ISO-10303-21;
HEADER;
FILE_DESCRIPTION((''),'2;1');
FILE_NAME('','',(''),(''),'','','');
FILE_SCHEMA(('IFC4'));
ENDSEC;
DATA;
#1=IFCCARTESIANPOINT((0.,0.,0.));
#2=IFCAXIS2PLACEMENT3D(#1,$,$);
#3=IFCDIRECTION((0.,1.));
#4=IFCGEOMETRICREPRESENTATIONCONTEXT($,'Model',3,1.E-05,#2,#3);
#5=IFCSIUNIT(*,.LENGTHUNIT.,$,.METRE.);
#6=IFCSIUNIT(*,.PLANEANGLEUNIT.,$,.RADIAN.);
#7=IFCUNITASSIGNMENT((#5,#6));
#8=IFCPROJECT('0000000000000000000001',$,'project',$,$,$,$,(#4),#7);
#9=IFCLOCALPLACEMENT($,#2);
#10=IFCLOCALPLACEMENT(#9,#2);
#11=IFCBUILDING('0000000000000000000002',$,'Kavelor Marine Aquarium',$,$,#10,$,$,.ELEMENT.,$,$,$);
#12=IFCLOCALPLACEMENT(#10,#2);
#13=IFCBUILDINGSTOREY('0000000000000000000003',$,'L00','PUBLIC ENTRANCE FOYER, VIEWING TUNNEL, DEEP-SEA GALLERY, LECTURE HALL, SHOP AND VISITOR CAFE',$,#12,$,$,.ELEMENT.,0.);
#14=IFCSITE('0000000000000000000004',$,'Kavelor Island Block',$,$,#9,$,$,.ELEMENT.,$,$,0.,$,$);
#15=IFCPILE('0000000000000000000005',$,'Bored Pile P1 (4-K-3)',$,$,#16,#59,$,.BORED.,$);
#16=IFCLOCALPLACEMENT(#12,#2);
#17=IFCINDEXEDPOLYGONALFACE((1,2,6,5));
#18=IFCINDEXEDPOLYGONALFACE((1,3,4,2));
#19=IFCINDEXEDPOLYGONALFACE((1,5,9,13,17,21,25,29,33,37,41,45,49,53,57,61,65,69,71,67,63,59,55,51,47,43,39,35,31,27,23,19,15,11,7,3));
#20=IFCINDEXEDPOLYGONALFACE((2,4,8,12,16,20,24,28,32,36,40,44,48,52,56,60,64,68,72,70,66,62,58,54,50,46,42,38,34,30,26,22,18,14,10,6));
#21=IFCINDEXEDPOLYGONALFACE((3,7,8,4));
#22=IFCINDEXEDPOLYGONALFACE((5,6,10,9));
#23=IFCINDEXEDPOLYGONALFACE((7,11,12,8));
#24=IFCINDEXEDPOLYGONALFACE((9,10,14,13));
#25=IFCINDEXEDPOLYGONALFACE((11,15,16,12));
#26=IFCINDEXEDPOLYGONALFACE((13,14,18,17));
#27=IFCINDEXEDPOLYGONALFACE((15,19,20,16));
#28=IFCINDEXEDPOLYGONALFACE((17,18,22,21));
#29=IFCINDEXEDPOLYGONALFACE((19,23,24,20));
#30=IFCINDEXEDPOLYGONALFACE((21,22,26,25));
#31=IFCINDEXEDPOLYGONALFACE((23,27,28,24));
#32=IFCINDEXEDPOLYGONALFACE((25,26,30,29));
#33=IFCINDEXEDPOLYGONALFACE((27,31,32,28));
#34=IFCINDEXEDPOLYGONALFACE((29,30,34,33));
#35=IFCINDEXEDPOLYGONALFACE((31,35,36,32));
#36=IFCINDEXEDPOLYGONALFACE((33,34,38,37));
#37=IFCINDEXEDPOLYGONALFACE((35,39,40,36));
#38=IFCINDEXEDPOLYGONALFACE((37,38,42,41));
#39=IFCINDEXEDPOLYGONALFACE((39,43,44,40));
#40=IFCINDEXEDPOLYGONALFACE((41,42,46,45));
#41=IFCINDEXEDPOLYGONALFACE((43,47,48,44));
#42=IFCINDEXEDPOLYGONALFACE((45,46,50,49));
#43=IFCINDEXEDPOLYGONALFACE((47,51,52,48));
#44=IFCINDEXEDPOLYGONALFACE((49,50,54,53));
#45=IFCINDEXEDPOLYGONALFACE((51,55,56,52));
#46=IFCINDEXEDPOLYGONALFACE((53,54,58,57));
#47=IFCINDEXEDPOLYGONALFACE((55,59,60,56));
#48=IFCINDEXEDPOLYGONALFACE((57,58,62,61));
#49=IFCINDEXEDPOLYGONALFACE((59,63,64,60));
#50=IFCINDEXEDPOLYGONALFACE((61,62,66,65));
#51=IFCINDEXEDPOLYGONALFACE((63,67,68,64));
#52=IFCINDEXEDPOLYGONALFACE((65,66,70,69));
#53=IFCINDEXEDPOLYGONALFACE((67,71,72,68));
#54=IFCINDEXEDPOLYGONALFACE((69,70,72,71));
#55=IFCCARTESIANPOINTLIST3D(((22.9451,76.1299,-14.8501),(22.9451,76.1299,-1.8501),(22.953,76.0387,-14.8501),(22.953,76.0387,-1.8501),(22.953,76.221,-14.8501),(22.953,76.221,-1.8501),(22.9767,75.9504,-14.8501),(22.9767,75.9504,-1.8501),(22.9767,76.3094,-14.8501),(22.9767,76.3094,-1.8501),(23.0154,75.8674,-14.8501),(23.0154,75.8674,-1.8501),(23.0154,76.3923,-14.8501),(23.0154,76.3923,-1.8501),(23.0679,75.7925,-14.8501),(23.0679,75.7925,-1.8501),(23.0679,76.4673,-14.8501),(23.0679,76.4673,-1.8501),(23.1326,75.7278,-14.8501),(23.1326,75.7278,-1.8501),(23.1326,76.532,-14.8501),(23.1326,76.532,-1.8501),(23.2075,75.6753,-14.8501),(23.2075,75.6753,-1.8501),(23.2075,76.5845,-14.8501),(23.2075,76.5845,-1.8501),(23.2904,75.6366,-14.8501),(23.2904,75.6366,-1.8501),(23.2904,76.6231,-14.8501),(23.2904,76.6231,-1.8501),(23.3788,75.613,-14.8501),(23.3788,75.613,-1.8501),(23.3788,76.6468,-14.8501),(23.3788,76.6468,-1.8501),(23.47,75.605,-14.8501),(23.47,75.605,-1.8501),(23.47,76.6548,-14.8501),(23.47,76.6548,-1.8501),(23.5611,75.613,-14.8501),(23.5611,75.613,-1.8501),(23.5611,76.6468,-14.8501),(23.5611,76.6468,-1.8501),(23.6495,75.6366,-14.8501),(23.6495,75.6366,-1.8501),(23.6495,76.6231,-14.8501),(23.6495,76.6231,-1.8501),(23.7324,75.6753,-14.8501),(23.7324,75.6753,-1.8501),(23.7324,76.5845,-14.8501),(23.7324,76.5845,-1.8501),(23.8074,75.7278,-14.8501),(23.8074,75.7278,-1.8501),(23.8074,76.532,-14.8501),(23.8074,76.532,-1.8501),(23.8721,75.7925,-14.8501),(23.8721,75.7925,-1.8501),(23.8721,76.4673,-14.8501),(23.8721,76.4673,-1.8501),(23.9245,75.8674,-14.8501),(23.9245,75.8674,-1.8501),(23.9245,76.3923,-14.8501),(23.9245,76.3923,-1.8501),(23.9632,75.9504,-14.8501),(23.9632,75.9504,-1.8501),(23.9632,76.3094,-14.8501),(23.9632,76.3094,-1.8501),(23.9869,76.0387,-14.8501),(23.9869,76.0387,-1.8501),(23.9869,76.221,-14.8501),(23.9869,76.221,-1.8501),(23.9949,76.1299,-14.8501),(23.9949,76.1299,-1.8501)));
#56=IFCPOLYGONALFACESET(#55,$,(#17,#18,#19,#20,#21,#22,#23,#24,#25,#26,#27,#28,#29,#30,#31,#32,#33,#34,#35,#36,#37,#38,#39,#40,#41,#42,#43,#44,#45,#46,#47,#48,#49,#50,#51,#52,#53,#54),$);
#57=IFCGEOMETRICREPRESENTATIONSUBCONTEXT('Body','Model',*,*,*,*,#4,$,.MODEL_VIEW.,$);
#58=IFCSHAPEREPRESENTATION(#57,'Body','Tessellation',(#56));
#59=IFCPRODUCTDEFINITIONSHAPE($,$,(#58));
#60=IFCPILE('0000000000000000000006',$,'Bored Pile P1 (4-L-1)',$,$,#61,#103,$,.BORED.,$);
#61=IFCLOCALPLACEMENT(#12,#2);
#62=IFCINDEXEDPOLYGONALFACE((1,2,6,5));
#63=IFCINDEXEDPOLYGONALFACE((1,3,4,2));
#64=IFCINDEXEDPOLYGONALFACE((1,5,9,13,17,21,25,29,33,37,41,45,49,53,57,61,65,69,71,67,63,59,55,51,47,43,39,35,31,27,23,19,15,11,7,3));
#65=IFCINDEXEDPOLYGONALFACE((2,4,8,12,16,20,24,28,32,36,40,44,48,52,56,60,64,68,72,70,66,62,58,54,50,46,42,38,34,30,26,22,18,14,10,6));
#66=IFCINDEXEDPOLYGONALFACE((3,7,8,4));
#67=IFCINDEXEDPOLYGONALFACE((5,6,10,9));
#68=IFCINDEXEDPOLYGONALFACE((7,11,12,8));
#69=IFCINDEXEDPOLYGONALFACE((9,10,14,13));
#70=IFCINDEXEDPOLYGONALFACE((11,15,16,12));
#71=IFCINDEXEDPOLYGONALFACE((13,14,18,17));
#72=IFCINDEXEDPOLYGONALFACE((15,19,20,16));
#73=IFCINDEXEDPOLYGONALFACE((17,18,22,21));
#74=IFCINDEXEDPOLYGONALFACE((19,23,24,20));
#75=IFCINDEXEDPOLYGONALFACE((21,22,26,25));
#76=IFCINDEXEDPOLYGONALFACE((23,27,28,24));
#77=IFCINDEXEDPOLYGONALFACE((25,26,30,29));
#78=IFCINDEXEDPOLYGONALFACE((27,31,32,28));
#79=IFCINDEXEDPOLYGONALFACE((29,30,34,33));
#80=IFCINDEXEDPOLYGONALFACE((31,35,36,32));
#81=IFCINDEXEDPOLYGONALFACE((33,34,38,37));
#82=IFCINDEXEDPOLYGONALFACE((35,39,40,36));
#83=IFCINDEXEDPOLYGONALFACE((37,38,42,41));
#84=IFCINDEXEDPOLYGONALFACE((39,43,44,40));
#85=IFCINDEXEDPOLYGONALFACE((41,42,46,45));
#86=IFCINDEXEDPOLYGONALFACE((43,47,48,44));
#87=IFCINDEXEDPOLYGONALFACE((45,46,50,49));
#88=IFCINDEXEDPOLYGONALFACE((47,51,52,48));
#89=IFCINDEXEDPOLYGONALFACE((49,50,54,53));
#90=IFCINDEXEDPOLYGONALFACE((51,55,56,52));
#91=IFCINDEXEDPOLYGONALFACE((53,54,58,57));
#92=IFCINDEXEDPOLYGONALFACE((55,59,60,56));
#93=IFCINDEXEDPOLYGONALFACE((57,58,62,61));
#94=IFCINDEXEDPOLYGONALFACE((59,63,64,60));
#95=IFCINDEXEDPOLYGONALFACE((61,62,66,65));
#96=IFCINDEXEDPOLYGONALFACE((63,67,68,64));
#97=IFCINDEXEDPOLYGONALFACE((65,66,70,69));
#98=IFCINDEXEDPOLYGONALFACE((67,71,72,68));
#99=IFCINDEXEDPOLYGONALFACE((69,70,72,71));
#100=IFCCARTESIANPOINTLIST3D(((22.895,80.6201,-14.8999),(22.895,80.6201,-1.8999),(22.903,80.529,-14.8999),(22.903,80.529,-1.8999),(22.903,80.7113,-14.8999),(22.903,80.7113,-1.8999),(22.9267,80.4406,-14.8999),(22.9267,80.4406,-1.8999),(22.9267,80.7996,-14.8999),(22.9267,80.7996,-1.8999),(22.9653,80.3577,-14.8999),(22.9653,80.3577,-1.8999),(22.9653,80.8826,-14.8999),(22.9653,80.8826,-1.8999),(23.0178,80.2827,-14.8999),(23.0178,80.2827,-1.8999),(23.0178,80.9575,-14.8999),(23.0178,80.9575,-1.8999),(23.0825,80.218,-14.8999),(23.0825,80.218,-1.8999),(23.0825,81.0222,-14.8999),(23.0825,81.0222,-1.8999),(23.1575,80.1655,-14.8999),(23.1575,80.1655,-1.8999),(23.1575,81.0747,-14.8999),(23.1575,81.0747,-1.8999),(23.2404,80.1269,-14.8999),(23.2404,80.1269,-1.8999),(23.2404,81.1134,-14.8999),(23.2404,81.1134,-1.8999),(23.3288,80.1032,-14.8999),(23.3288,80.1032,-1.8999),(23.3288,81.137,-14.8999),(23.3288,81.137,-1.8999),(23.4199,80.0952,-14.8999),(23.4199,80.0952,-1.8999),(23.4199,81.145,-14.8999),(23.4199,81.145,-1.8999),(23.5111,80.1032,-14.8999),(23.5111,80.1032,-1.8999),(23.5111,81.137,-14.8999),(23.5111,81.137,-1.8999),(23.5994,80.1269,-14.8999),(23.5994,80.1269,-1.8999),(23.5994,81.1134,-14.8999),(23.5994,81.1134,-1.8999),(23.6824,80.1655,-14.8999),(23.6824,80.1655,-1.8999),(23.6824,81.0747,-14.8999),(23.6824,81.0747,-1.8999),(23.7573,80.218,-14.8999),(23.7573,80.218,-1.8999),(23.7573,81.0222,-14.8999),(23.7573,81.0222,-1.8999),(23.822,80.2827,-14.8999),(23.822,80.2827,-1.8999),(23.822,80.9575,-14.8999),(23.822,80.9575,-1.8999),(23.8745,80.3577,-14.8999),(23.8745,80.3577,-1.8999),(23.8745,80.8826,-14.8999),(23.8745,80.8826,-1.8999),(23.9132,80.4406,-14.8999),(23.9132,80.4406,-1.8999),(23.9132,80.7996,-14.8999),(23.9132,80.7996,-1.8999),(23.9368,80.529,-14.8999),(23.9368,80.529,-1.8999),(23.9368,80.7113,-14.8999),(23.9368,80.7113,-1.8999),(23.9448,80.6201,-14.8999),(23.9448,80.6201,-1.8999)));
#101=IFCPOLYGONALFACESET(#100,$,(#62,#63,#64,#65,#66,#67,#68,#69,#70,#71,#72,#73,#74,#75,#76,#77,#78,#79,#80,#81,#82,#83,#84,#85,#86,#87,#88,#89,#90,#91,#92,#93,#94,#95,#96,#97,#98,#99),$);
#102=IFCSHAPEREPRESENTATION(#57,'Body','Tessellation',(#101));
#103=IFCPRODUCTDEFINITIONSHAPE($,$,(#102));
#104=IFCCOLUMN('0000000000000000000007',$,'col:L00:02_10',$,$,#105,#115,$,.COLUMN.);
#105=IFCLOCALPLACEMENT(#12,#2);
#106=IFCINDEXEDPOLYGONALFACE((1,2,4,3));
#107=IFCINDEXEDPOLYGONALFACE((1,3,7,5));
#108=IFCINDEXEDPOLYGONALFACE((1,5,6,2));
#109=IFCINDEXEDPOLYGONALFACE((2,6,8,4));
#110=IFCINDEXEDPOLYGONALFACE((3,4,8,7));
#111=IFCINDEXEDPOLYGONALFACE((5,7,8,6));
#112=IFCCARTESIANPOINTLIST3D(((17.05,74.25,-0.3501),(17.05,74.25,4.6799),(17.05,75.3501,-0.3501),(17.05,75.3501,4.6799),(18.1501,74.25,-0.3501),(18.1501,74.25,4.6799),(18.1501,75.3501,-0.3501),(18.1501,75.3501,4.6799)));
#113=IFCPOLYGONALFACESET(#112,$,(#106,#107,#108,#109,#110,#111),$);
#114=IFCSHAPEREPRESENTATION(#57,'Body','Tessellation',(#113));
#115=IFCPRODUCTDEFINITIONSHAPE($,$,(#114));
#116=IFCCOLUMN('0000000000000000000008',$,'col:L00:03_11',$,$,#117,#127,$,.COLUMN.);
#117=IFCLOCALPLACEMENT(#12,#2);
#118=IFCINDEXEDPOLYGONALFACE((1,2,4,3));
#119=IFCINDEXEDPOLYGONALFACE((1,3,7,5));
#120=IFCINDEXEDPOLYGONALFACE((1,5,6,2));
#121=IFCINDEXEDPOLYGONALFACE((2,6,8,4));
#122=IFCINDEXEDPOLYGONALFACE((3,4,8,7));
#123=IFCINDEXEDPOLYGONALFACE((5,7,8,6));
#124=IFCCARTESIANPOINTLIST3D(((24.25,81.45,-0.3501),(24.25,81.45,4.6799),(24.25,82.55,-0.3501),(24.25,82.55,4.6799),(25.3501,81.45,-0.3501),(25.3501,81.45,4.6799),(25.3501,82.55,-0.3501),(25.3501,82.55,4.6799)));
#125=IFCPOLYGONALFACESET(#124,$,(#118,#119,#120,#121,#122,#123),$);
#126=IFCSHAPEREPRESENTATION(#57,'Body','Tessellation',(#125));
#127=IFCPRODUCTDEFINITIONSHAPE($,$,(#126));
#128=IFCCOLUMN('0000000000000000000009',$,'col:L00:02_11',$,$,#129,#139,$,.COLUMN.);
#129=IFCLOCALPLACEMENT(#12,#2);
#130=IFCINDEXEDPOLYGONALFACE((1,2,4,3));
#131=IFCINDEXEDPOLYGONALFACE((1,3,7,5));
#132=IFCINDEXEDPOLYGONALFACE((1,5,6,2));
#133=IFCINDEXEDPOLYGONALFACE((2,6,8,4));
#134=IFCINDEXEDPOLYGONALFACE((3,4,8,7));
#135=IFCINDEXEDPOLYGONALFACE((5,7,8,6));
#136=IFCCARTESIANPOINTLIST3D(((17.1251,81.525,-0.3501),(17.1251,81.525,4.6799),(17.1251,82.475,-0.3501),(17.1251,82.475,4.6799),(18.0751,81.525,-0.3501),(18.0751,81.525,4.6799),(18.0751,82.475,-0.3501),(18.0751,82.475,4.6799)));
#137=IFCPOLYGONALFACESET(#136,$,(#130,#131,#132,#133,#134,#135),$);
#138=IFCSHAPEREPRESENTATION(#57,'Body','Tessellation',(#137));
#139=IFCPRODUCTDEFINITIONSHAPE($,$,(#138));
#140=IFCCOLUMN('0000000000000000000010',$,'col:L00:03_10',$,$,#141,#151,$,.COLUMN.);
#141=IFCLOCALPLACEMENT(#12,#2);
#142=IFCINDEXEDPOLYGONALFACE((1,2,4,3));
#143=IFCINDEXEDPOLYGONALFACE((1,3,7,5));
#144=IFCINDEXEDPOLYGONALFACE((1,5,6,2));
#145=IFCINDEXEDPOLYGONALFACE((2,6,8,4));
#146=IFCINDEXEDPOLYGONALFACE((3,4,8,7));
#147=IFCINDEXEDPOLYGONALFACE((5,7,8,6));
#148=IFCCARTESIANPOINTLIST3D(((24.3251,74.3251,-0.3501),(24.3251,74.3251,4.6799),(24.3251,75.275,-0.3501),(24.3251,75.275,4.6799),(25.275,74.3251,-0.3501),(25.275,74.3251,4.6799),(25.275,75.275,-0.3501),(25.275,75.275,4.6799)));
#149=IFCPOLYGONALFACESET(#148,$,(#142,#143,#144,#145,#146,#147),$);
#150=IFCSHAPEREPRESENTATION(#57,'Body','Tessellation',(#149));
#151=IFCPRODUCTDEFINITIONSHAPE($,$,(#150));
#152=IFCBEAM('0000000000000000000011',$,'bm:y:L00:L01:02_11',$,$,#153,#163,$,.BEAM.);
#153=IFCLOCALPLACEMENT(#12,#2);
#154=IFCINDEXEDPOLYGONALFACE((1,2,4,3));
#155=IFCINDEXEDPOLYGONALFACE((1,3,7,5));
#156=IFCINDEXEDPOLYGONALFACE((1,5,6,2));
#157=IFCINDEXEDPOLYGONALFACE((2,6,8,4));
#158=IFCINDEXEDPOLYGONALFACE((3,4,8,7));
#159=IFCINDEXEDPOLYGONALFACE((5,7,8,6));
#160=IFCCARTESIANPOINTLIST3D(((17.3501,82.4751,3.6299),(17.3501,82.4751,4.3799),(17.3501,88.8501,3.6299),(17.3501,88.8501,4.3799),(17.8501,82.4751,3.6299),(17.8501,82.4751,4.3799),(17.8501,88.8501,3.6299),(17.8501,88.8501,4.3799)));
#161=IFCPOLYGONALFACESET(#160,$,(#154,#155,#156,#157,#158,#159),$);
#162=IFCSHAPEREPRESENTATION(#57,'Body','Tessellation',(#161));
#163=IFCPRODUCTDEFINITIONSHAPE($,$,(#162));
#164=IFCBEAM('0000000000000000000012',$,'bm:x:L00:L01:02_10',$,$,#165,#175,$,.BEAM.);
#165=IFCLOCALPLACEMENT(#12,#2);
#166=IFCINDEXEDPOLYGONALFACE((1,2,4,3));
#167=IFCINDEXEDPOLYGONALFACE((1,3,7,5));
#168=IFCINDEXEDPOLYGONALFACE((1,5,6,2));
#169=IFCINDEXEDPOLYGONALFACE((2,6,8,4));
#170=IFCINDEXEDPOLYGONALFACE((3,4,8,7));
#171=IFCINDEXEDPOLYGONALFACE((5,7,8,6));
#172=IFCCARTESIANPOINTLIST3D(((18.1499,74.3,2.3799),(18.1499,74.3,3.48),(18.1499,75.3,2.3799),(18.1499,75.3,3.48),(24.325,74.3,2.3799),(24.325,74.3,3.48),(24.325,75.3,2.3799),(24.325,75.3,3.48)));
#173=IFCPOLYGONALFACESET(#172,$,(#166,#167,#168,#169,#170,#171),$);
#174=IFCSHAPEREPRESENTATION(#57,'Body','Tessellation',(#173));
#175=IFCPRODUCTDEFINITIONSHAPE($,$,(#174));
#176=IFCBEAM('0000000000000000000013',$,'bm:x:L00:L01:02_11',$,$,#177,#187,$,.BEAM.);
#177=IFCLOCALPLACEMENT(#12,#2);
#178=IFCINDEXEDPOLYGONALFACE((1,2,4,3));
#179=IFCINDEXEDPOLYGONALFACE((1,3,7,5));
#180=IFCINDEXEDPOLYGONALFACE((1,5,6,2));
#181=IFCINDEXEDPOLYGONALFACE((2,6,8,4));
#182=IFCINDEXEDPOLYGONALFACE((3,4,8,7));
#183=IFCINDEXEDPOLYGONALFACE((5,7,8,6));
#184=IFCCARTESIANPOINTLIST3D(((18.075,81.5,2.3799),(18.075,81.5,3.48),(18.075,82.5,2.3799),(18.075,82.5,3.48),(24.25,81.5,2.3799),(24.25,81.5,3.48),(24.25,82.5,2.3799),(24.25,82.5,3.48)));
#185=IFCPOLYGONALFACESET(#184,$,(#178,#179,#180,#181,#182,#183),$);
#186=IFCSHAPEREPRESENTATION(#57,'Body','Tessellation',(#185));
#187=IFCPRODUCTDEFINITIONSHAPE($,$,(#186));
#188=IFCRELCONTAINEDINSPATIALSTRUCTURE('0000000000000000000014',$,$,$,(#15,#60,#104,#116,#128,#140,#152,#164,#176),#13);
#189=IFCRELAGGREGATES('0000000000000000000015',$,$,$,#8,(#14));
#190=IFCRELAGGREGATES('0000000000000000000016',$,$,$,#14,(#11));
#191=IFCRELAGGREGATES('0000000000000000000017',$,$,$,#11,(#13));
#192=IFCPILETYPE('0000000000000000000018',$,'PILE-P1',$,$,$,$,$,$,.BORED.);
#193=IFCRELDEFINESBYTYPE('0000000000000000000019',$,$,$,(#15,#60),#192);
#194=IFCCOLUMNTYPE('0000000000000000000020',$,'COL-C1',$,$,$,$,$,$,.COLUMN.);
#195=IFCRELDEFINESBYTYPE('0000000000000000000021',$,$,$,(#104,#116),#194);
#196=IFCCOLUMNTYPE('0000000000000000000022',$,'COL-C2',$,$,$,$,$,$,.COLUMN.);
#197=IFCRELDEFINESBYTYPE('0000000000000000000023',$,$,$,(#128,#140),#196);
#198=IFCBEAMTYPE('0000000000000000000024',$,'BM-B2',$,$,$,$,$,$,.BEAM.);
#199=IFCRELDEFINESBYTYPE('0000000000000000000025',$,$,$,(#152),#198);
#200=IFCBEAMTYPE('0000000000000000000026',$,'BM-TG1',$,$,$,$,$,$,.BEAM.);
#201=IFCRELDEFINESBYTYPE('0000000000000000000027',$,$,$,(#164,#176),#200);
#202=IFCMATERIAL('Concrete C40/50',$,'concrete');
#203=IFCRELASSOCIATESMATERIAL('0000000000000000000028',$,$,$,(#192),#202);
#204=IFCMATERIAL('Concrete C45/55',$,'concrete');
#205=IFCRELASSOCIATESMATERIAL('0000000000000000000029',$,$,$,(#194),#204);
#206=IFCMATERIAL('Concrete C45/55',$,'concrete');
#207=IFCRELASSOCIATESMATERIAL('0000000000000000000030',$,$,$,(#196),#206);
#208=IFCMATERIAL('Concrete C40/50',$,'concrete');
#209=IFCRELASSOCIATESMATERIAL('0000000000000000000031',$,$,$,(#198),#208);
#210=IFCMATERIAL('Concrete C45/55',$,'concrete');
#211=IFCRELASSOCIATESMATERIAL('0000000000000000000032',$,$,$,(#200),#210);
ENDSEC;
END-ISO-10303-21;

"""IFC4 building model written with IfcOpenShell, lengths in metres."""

from ifc_helpers import new_model, si_unit, direction, frame, origin, origin_2d, place, context, subcontext, project, spatial, rectangle, circle, extrude, material, material_profile, profile_set, type_object, element, save


model = new_model("IFC4")

# Units and contexts
model_context = context("Model", 3, precision=1e-05, world=origin(), true_north=direction((0.0, 1.0)))
body_context = subcontext(model_context, "Body", "Model", "MODEL_VIEW")
ifc_project = project(units=[si_unit("LENGTHUNIT", "METRE"), si_unit("PLANEANGLEUNIT", "RADIAN")], contexts=[model_context])

# Site, building, storey
site_placement = place(None, origin())
site = spatial("IfcSite", under=ifc_project, at=site_placement, Name="Kavelor Island Block", CompositionType="ELEMENT", RefElevation=0.0)
building_placement = place(site_placement, origin())
building = spatial("IfcBuilding", under=site, at=building_placement, Name="Kavelor Marine Aquarium", CompositionType="ELEMENT")
storey_placement = place(building_placement, origin())
storey = spatial("IfcBuildingStorey", under=building, at=storey_placement, Name="L00", Description="PUBLIC ENTRANCE FOYER, VIEWING TUNNEL, DEEP-SEA GALLERY, LECTURE HALL, SHOP AND VISITOR CAFE", CompositionType="ELEMENT", Elevation=0.0)

# Piles
ifc_material_1 = material(Name="Concrete C40/50", Category="concrete")
ifc_material_profile_1 = material_profile(ifc_material_1, circle(Radius=0.5249, at=origin_2d()), Name="PILE D1050")
ifc_profile_set_1 = profile_set([ifc_material_profile_1], Name="Concrete C40/50")
pile_type = type_object("IfcPileType", Name="PILE-P1", PredefinedType="BORED", material=ifc_profile_set_1)
for number, where, z_axis, x_axis, name in (
    (1, (23.47, 76.1299, -1.8501), (0.0, 0.0, -1.0), (1.0, 0.0, 0.0), "Bored Pile P1 (4-K-3)"),
    (2, (23.4199, 80.6201, -1.8999), (0.0, 0.0, -1.0), (1.0, 0.0, 0.0), "Bored Pile P1 (4-L-1)"),
):
    element("IfcPile", number, at=place(storey_placement, frame(where, z_axis=z_axis, x_axis=x_axis)), inside=storey, type_object=pile_type, Name=name, PredefinedType="BORED", context=body_context, shape_type="SweptSolid", body=[
        extrude(circle(Radius=0.5249, at=origin_2d()), origin(), (0.0, 0.0, 1.0), 13.0),
    ])

# Columns
ifc_material_2 = material(Name="Concrete C45/55", Category="concrete")
ifc_material_profile_2 = material_profile(ifc_material_2, rectangle(XDim=1.1001, YDim=1.1001, at=origin_2d()), Name="RC-COL 1100x1100")
ifc_profile_set_2 = profile_set([ifc_material_profile_2], Name="Concrete C45/55")
column_type_1 = type_object("IfcColumnType", Name="COL-C1", PredefinedType="COLUMN", material=ifc_profile_set_2)
for number, where, z_axis, x_axis, name in (
    (3, (17.6001, 74.8, -0.3501), (0.0, 0.0, 1.0), (1.0, 0.0, 0.0), "col:L00:02_10"),
    (4, (24.8, 82.0, -0.3501), (0.0, 0.0, 1.0), (1.0, 0.0, 0.0), "col:L00:03_11"),
):
    element("IfcColumn", number, at=place(storey_placement, frame(where, z_axis=z_axis, x_axis=x_axis)), inside=storey, type_object=column_type_1, Name=name, PredefinedType="COLUMN", context=body_context, shape_type="SweptSolid", body=[
        extrude(rectangle(XDim=1.1001, YDim=1.1001, at=origin_2d()), origin(), (0.0, 0.0, 1.0), 5.03),
    ])
ifc_material_3 = material(Name="Concrete C45/55", Category="concrete")
ifc_material_profile_3 = material_profile(ifc_material_3, rectangle(XDim=0.95, YDim=0.95, at=origin_2d()), Name="RC-COL 950x950")
ifc_profile_set_3 = profile_set([ifc_material_profile_3], Name="Concrete C45/55")
column_type_2 = type_object("IfcColumnType", Name="COL-C2", PredefinedType="COLUMN", material=ifc_profile_set_3)
for number, where, z_axis, x_axis, name in (
    (5, (17.6001, 82.0, -0.3501), (0.0, 0.0, 1.0), (1.0, 0.0, 0.0), "col:L00:02_11"),
    (6, (24.8, 74.8, -0.3501), (0.0, 0.0, 1.0), (1.0, 0.0, 0.0), "col:L00:03_10"),
):
    element("IfcColumn", number, at=place(storey_placement, frame(where, z_axis=z_axis, x_axis=x_axis)), inside=storey, type_object=column_type_2, Name=name, PredefinedType="COLUMN", context=body_context, shape_type="SweptSolid", body=[
        extrude(rectangle(XDim=0.95, YDim=0.95, at=origin_2d()), origin(), (0.0, 0.0, 1.0), 5.03),
    ])

# Beams
ifc_material_4 = material(Name="Concrete C40/50", Category="concrete")
ifc_material_profile_4 = material_profile(ifc_material_4, rectangle(XDim=0.5, YDim=0.75, at=origin_2d()), Name="RC-BM 500x750")
ifc_profile_set_4 = profile_set([ifc_material_profile_4], Name="Concrete C40/50")
beam_type_1 = type_object("IfcBeamType", Name="BM-B2", PredefinedType="BEAM", material=ifc_profile_set_4)
beam_1_placement = place(storey_placement, frame((17.6001, 82.4751, 4.0049), z_axis=(0.0, 1.0, 0.0), x_axis=(-1.0, 0.0, 0.0)))
element("IfcBeam", 7, at=beam_1_placement, inside=storey, type_object=beam_type_1, Name="bm:y:L00:L01:02_11", PredefinedType="BEAM", context=body_context, shape_type="SweptSolid", body=[
    extrude(rectangle(XDim=0.5, YDim=0.75, at=origin_2d()), origin(), (0.0, 0.0, 1.0), 6.375),
])
ifc_material_5 = material(Name="Concrete C45/55", Category="concrete")
ifc_material_profile_5 = material_profile(ifc_material_5, rectangle(XDim=1.0, YDim=1.1001, at=origin_2d()), Name="RC-TG 1000x1100")
ifc_profile_set_5 = profile_set([ifc_material_profile_5], Name="Concrete C45/55")
beam_type_2 = type_object("IfcBeamType", Name="BM-TG1", PredefinedType="BEAM", material=ifc_profile_set_5)
for number, where, z_axis, x_axis, name in (
    (8, (18.1499, 74.8, 2.9299), (1.0, 0.0, 0.0), (0.0, 1.0, 0.0), "bm:x:L00:L01:02_10"),
    (9, (18.075, 82.0, 2.9299), (1.0, 0.0, 0.0), (0.0, 1.0, 0.0), "bm:x:L00:L01:02_11"),
):
    element("IfcBeam", number, at=place(storey_placement, frame(where, z_axis=z_axis, x_axis=x_axis)), inside=storey, type_object=beam_type_2, Name=name, PredefinedType="BEAM", context=body_context, shape_type="SweptSolid", body=[
        extrude(rectangle(XDim=1.0, YDim=1.1001, at=origin_2d()), origin(), (0.0, 0.0, 1.0), 6.175),
    ])

save(model, "model.ifc")
